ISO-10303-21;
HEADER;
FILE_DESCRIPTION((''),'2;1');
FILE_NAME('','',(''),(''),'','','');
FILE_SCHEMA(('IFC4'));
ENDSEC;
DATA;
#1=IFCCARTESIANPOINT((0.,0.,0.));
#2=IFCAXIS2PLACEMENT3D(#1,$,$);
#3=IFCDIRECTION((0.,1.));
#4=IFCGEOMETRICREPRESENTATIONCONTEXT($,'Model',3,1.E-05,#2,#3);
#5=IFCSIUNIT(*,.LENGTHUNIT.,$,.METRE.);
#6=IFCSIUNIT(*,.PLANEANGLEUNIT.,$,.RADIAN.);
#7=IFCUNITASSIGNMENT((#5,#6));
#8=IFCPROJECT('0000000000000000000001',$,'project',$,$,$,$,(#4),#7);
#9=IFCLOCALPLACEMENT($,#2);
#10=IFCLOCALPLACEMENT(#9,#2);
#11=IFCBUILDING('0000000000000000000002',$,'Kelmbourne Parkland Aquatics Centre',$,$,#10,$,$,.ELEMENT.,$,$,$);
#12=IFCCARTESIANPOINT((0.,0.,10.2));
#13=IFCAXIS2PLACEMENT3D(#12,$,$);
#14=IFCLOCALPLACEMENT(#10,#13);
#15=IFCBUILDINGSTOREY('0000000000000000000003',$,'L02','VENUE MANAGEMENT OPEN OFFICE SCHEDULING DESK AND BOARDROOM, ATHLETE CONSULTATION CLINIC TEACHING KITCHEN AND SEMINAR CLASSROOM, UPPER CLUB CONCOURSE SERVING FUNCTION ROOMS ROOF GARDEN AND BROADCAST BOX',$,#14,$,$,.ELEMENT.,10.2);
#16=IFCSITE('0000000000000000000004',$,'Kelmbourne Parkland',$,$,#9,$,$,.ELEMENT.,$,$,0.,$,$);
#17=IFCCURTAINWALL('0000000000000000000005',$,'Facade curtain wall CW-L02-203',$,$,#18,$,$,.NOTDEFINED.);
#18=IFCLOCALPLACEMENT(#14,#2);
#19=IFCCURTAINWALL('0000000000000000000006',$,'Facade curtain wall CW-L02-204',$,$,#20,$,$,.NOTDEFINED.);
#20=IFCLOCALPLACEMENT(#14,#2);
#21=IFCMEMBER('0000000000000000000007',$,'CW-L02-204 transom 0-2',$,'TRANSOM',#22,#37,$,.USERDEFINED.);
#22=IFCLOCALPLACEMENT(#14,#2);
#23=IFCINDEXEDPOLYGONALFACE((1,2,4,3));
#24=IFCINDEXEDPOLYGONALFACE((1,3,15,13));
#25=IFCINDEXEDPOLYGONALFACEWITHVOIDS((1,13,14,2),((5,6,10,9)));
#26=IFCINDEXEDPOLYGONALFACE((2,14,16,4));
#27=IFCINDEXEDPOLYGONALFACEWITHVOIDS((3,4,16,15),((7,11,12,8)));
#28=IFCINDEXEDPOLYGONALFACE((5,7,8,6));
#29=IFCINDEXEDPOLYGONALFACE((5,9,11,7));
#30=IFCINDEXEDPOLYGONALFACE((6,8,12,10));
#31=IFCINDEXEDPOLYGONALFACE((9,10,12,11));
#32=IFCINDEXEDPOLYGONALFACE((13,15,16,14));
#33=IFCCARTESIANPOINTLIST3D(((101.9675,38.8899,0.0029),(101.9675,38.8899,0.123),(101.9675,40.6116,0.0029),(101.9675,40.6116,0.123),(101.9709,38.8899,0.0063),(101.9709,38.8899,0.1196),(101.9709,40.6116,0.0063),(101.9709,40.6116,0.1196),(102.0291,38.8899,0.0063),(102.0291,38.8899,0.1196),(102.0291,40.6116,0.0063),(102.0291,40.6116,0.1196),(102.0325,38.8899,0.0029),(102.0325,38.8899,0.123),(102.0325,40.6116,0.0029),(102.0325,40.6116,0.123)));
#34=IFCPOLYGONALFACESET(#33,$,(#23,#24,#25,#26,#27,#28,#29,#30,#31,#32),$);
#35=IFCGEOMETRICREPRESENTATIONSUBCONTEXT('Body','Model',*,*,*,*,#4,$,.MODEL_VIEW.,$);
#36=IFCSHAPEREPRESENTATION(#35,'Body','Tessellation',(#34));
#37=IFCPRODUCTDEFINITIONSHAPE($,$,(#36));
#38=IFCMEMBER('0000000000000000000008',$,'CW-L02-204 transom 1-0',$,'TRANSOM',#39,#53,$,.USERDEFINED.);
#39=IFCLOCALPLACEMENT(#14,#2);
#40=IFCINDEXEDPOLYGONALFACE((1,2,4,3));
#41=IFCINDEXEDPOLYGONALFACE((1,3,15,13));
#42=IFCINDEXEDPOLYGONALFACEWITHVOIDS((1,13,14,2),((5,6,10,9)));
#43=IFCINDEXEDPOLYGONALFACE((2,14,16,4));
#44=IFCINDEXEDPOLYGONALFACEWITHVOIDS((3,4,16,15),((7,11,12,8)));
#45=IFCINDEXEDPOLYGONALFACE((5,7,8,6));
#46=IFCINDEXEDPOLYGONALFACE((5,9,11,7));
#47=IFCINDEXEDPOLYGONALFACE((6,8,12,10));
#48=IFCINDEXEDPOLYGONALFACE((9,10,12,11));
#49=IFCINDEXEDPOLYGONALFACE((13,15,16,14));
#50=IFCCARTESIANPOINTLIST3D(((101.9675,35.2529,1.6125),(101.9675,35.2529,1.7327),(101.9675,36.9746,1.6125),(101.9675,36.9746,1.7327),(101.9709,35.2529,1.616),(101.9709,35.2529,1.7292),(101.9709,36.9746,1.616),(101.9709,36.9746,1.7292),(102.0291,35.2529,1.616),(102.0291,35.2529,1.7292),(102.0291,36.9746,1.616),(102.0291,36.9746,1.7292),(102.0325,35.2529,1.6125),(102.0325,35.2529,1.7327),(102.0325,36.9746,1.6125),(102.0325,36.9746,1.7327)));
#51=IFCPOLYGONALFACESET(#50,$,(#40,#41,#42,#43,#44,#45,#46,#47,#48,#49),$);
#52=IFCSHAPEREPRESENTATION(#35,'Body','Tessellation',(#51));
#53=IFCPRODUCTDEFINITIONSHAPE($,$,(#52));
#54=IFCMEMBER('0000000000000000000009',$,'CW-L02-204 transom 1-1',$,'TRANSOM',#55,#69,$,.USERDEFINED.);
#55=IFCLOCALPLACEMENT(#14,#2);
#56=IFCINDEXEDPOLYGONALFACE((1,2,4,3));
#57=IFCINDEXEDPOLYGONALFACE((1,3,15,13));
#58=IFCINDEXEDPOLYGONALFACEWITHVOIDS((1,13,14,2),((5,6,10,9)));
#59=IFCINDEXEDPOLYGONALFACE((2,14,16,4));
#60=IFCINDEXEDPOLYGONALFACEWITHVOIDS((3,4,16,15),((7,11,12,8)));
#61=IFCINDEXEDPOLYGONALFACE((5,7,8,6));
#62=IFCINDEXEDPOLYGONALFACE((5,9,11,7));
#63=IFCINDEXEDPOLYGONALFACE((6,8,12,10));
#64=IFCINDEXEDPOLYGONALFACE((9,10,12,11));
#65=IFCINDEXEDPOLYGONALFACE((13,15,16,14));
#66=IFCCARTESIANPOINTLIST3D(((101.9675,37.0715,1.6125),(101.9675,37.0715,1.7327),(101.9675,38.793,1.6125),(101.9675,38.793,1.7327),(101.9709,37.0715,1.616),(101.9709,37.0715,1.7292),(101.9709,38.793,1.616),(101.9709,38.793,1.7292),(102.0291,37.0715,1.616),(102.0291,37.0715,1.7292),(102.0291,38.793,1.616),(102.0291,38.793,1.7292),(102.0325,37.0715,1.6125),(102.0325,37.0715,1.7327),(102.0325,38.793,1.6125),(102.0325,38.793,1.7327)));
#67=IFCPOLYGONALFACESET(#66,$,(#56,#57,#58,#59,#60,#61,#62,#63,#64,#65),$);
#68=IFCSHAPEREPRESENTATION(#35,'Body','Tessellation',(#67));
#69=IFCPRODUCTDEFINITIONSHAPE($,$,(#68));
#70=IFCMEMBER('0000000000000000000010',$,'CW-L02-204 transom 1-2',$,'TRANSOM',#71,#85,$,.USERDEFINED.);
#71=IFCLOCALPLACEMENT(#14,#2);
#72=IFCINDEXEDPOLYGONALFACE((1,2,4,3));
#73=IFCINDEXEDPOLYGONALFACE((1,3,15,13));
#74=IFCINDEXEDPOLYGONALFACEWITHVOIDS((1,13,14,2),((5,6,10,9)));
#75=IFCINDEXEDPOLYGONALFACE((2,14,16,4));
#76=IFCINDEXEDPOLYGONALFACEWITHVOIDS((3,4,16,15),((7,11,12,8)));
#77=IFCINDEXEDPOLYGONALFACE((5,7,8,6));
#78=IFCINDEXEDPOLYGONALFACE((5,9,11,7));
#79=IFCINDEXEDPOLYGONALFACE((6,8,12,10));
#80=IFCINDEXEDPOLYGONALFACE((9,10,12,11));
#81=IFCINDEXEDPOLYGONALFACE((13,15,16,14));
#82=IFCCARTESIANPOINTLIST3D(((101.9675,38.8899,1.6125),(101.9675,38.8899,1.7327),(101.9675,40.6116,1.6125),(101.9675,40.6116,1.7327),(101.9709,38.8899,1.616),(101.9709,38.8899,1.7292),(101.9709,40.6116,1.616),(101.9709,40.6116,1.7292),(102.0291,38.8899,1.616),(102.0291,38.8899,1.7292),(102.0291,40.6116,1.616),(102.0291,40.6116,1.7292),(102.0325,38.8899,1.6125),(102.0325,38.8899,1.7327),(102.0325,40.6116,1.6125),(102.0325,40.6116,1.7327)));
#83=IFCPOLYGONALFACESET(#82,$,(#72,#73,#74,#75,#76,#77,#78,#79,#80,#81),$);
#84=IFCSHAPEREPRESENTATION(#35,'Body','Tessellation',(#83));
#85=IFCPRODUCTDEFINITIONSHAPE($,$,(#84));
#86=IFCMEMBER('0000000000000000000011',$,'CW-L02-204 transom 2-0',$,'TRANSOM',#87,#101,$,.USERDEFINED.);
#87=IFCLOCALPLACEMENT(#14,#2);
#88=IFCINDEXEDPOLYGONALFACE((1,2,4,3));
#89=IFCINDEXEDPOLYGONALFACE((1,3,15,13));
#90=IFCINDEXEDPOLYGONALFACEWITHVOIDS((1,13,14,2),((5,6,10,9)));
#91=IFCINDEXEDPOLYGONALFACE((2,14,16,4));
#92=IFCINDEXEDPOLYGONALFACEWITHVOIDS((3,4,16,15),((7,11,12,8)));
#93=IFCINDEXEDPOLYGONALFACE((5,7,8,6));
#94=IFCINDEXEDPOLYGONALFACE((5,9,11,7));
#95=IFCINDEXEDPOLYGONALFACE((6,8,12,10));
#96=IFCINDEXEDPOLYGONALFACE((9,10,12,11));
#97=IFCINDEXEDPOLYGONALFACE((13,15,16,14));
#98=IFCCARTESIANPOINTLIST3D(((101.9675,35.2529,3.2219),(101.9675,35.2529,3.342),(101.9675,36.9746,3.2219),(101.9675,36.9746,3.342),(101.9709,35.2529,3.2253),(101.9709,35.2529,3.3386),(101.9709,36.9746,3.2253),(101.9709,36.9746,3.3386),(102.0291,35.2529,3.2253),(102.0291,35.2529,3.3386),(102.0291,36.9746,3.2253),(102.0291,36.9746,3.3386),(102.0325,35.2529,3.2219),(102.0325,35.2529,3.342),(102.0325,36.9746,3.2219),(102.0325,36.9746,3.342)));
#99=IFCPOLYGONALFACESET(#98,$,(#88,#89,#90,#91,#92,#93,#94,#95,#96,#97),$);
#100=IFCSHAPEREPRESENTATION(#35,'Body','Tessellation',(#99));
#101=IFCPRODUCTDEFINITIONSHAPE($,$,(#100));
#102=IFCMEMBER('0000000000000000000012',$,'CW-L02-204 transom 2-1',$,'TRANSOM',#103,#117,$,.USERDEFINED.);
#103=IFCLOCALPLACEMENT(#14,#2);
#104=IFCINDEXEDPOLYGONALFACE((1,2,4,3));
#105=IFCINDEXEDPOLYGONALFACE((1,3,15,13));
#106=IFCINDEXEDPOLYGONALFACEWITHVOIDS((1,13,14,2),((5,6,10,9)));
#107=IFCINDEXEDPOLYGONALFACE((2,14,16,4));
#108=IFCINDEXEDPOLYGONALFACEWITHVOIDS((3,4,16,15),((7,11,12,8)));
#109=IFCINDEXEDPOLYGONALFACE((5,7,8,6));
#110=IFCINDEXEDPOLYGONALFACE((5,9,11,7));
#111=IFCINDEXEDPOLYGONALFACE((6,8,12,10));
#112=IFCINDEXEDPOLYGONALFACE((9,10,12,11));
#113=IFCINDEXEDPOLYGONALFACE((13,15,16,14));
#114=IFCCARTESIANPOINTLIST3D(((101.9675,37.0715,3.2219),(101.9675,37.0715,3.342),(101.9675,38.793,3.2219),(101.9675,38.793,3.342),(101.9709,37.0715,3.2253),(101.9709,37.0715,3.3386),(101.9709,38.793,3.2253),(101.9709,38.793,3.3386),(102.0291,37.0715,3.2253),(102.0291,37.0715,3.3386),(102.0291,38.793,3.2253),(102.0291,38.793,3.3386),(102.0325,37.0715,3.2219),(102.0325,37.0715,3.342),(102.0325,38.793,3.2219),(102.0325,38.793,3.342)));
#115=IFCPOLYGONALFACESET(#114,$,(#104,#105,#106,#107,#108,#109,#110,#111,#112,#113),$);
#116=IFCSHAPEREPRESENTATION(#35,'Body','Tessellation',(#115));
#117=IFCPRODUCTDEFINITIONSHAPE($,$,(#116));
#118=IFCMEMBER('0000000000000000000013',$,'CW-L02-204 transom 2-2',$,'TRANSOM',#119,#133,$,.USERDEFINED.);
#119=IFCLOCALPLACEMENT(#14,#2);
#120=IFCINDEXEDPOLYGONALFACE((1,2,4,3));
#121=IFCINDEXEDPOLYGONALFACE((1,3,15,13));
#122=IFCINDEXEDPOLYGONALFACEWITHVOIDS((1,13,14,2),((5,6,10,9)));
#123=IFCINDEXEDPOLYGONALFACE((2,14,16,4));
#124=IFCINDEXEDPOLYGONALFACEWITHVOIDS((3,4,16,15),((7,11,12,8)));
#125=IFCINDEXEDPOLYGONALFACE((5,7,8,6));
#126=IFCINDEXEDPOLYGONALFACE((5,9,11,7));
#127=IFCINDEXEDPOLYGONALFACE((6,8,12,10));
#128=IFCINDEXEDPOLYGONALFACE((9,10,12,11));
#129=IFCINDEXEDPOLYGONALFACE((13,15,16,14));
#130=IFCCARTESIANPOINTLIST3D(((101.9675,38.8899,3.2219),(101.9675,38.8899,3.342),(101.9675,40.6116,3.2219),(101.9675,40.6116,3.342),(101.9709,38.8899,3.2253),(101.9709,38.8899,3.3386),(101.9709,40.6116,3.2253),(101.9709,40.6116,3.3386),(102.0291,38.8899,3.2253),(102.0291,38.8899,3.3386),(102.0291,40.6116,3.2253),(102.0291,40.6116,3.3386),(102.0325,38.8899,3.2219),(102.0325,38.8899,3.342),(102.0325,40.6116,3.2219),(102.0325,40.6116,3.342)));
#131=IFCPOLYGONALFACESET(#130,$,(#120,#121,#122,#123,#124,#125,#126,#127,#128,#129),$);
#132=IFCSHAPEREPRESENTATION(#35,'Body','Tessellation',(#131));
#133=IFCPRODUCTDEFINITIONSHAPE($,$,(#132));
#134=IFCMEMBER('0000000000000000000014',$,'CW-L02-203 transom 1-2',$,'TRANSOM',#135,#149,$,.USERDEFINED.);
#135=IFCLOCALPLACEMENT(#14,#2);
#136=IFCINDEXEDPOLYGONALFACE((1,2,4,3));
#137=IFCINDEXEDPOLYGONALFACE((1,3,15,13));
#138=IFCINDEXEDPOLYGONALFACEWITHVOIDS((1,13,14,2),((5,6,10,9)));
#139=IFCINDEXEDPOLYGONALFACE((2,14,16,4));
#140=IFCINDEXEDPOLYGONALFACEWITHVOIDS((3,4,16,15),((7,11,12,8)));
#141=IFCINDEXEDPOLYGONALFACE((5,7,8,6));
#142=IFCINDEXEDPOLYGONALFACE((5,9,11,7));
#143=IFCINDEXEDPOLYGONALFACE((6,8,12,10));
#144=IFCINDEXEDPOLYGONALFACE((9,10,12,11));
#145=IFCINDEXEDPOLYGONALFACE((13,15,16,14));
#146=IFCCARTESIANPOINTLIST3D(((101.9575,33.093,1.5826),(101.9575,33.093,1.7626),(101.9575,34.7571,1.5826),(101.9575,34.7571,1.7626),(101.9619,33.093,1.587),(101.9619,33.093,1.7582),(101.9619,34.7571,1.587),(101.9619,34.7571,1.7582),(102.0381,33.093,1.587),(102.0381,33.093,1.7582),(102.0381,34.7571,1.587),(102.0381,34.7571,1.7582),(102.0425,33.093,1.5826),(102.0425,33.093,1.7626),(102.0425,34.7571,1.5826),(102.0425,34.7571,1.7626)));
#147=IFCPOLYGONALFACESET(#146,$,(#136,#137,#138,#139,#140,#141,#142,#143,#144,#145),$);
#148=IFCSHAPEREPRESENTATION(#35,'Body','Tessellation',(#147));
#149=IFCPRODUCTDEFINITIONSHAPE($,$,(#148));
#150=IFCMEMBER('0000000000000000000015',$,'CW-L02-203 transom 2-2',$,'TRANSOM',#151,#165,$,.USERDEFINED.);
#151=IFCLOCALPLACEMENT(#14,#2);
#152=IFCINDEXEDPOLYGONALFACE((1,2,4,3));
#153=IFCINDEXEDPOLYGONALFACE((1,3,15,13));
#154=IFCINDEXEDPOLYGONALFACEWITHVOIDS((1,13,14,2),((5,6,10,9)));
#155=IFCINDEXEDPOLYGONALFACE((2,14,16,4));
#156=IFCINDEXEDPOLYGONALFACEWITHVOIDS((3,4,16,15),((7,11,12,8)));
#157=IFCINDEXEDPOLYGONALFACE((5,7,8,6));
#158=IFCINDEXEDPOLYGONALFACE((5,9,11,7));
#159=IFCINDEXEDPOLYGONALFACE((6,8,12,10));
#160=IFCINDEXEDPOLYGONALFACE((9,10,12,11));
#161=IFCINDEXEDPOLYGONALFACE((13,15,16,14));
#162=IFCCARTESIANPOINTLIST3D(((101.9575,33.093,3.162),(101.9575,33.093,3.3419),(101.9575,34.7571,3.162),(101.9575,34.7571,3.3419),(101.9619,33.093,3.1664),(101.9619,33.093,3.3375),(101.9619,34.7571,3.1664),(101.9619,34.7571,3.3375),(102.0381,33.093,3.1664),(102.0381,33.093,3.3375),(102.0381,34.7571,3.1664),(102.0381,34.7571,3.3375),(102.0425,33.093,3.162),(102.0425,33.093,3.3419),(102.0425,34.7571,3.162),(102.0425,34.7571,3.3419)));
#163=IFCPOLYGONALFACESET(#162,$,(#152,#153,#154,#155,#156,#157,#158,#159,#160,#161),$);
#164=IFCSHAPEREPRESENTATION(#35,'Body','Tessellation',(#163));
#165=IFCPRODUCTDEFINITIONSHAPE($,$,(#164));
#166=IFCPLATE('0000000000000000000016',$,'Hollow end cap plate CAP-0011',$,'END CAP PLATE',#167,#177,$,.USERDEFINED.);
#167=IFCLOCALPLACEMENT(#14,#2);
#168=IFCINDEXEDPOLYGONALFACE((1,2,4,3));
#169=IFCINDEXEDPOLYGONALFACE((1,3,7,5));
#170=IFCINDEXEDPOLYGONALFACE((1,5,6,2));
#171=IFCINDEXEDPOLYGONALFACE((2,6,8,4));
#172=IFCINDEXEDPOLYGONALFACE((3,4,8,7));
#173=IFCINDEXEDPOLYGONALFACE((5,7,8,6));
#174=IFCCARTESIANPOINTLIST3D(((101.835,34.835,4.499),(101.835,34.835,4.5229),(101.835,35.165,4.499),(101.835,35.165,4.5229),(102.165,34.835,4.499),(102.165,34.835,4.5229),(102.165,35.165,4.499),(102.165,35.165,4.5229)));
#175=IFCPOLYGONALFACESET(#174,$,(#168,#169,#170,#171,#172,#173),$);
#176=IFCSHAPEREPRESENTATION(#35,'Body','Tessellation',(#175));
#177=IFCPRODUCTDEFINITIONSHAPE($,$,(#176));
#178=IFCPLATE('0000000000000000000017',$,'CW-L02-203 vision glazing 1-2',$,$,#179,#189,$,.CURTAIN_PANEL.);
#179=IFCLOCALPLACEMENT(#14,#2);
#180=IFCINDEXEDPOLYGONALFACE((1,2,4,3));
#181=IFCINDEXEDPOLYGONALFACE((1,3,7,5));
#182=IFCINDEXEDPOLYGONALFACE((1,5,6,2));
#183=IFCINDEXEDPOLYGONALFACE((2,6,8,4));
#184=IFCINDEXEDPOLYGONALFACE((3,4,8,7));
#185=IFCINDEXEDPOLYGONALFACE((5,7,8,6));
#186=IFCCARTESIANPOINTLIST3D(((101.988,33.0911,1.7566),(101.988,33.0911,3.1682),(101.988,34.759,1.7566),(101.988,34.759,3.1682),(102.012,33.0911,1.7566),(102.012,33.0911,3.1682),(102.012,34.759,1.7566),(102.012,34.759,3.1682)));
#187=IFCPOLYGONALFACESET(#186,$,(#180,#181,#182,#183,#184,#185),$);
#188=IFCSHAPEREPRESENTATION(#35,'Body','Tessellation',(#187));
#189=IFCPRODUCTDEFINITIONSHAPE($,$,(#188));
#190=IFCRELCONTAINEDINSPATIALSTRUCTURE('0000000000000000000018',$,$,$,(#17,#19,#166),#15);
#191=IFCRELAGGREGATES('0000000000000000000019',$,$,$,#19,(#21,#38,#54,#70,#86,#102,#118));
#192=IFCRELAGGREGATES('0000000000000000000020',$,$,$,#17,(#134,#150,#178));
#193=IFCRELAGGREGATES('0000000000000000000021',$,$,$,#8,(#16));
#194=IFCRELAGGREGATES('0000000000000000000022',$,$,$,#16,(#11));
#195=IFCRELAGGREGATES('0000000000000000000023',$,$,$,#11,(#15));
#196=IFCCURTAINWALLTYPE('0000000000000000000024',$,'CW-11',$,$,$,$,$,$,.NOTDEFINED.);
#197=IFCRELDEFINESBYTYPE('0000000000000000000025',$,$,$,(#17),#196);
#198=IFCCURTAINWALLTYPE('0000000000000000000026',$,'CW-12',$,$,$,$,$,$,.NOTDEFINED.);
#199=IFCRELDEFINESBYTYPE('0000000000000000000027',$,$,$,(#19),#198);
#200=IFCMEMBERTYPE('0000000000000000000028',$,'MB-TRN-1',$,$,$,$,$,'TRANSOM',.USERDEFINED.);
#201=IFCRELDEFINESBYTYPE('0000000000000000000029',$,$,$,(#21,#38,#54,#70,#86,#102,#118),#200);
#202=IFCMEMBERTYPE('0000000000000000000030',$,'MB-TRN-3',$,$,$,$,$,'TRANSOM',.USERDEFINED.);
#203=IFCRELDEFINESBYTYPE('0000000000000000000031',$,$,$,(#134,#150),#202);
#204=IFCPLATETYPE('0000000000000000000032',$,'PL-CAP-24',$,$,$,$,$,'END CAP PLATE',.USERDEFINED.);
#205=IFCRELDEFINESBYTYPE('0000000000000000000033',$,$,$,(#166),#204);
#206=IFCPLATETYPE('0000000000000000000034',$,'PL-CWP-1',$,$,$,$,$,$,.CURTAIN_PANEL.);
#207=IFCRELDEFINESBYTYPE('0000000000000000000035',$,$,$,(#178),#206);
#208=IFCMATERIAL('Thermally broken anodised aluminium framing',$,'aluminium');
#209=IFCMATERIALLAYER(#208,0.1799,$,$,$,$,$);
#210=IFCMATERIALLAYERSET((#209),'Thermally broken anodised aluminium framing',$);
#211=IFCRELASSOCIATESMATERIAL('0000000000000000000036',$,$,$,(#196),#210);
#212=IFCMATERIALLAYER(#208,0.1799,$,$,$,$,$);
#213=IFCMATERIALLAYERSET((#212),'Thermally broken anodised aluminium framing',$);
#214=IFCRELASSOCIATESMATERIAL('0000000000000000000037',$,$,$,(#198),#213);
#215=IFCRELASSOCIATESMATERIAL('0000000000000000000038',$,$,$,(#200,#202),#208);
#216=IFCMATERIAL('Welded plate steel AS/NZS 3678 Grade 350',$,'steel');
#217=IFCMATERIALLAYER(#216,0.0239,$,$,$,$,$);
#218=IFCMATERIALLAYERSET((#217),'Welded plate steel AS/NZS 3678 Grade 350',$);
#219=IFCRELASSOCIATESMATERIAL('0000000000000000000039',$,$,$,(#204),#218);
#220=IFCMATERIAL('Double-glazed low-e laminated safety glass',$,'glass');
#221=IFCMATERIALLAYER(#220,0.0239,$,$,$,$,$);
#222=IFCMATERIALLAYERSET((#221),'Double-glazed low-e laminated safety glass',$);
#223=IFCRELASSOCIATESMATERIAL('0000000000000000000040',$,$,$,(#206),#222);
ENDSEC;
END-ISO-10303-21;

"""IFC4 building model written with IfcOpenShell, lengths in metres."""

from ifc_helpers import new_model, si_unit, direction, frame, origin, origin_2d, place, context, subcontext, project, spatial, rectangle, hollow_rectangle, extrude, material, layer, layer_set, material_profile, profile_set, type_object, element, aggregate, save


model = new_model("IFC4")

# Units and contexts
model_context = context("Model", 3, precision=1e-05, world=origin(), true_north=direction((0.0, 1.0)))
body_context = subcontext(model_context, "Body", "Model", "MODEL_VIEW")
ifc_project = project(units=[si_unit("LENGTHUNIT", "METRE"), si_unit("PLANEANGLEUNIT", "RADIAN")], contexts=[model_context])

# Site, building, storey
site_placement = place(None, origin())
site = spatial("IfcSite", under=ifc_project, at=site_placement, Name="Kelmbourne Parkland", CompositionType="ELEMENT", RefElevation=0.0)
building_placement = place(site_placement, origin())
building = spatial("IfcBuilding", under=site, at=building_placement, Name="Kelmbourne Parkland Aquatics Centre", CompositionType="ELEMENT")
storey_placement = place(building_placement, frame((0.0, 0.0, 10.2)))
storey = spatial("IfcBuildingStorey", under=building, at=storey_placement, Name="L02", Description="VENUE MANAGEMENT OPEN OFFICE SCHEDULING DESK AND BOARDROOM, ATHLETE CONSULTATION CLINIC TEACHING KITCHEN AND SEMINAR CLASSROOM, UPPER CLUB CONCOURSE SERVING FUNCTION ROOMS ROOF GARDEN AND BROADCAST BOX", CompositionType="ELEMENT", Elevation=10.2)

# Curtain wall
ifc_material_1 = material(Name="Thermally broken anodised aluminium framing", Category="aluminium")
ifc_layer_1 = layer(ifc_material_1, 0.1799)
ifc_layer_set_1 = layer_set([ifc_layer_1], Name="Thermally broken anodised aluminium framing")
curtain_wall_type_1 = type_object("IfcCurtainWallType", Name="CW-11", PredefinedType="NOTDEFINED", material=ifc_layer_set_1)
curtain_wall_1_placement = place(storey_placement, origin())
curtain_wall_1 = element("IfcCurtainWall", 1, at=curtain_wall_1_placement, inside=storey, type_object=curtain_wall_type_1, Name="Facade curtain wall CW-L02-203", PredefinedType="NOTDEFINED")

# Curtain wall, members
ifc_layer_2 = layer(ifc_material_1, 0.1799)
ifc_layer_set_2 = layer_set([ifc_layer_2], Name="Thermally broken anodised aluminium framing")
curtain_wall_type_2 = type_object("IfcCurtainWallType", Name="CW-12", PredefinedType="NOTDEFINED", material=ifc_layer_set_2)
curtain_wall_2_placement = place(storey_placement, origin())
curtain_wall_2 = element("IfcCurtainWall", 2, at=curtain_wall_2_placement, inside=storey, type_object=curtain_wall_type_2, Name="Facade curtain wall CW-L02-204", PredefinedType="NOTDEFINED")
ifc_material_profile_1 = material_profile(ifc_material_1, hollow_rectangle(XDim=0.0649, YDim=0.1201, WallThickness=0.0034, at=origin_2d()), Name="CW-T 65x120")
ifc_profile_set_1 = profile_set([ifc_material_profile_1], Name="Thermally broken anodised aluminium framing")
member_type_1 = type_object("IfcMemberType", Name="MB-TRN-1", ElementType="TRANSOM", PredefinedType="USERDEFINED", material=ifc_profile_set_1)
member_1_placement = place(storey_placement, frame((102.0, 38.8899, 0.063), z_axis=(0.0, 1.0, 0.0), x_axis=(-1.0, 0.0, 0.0)))
member_1 = element("IfcMember", 3, at=member_1_placement, type_object=member_type_1, Name="CW-L02-204 transom 0-2", ObjectType="TRANSOM", PredefinedType="USERDEFINED", context=body_context, shape_type="SweptSolid", body=[
    extrude(hollow_rectangle(XDim=0.0649, YDim=0.1201, WallThickness=0.0034, at=origin_2d()), origin(), (0.0, 0.0, 1.0), 1.7217),
])
member_2_placement = place(storey_placement, frame((102.0, 35.2529, 1.6726), z_axis=(0.0, 1.0, 0.0), x_axis=(-1.0, 0.0, 0.0)))
member_2 = element("IfcMember", 4, at=member_2_placement, type_object=member_type_1, Name="CW-L02-204 transom 1-0", ObjectType="TRANSOM", PredefinedType="USERDEFINED", context=body_context, shape_type="SweptSolid", body=[
    extrude(hollow_rectangle(XDim=0.0649, YDim=0.1201, WallThickness=0.0034, at=origin_2d()), origin(), (0.0, 0.0, 1.0), 1.7217),
])
member_3_placement = place(storey_placement, frame((102.0, 37.0715, 1.6726), z_axis=(0.0, 1.0, 0.0), x_axis=(-1.0, 0.0, 0.0)))
member_3 = element("IfcMember", 5, at=member_3_placement, type_object=member_type_1, Name="CW-L02-204 transom 1-1", ObjectType="TRANSOM", PredefinedType="USERDEFINED", context=body_context, shape_type="SweptSolid", body=[
    extrude(hollow_rectangle(XDim=0.0649, YDim=0.1201, WallThickness=0.0034, at=origin_2d()), origin(), (0.0, 0.0, 1.0), 1.7214),
])
member_4_placement = place(storey_placement, frame((102.0, 38.8899, 1.6726), z_axis=(0.0, 1.0, 0.0), x_axis=(-1.0, 0.0, 0.0)))
member_4 = element("IfcMember", 6, at=member_4_placement, type_object=member_type_1, Name="CW-L02-204 transom 1-2", ObjectType="TRANSOM", PredefinedType="USERDEFINED", context=body_context, shape_type="SweptSolid", body=[
    extrude(hollow_rectangle(XDim=0.0649, YDim=0.1201, WallThickness=0.0034, at=origin_2d()), origin(), (0.0, 0.0, 1.0), 1.7217),
])
member_5_placement = place(storey_placement, frame((102.0, 35.2529, 3.282), z_axis=(0.0, 1.0, 0.0), x_axis=(-1.0, 0.0, 0.0)))
member_5 = element("IfcMember", 7, at=member_5_placement, type_object=member_type_1, Name="CW-L02-204 transom 2-0", ObjectType="TRANSOM", PredefinedType="USERDEFINED", context=body_context, shape_type="SweptSolid", body=[
    extrude(hollow_rectangle(XDim=0.0649, YDim=0.1201, WallThickness=0.0034, at=origin_2d()), origin(), (0.0, 0.0, 1.0), 1.7217),
])
member_6_placement = place(storey_placement, frame((102.0, 37.0715, 3.282), z_axis=(0.0, 1.0, 0.0), x_axis=(-1.0, 0.0, 0.0)))
member_6 = element("IfcMember", 8, at=member_6_placement, type_object=member_type_1, Name="CW-L02-204 transom 2-1", ObjectType="TRANSOM", PredefinedType="USERDEFINED", context=body_context, shape_type="SweptSolid", body=[
    extrude(hollow_rectangle(XDim=0.0649, YDim=0.1201, WallThickness=0.0034, at=origin_2d()), origin(), (0.0, 0.0, 1.0), 1.7214),
])
member_7_placement = place(storey_placement, frame((102.0, 38.8899, 3.282), z_axis=(0.0, 1.0, 0.0), x_axis=(-1.0, 0.0, 0.0)))
member_7 = element("IfcMember", 9, at=member_7_placement, type_object=member_type_1, Name="CW-L02-204 transom 2-2", ObjectType="TRANSOM", PredefinedType="USERDEFINED", context=body_context, shape_type="SweptSolid", body=[
    extrude(hollow_rectangle(XDim=0.0649, YDim=0.1201, WallThickness=0.0034, at=origin_2d()), origin(), (0.0, 0.0, 1.0), 1.7217),
])

# Members
ifc_material_profile_2 = material_profile(ifc_material_1, hollow_rectangle(XDim=0.085, YDim=0.1799, WallThickness=0.0044, at=origin_2d()), Name="CW-T 85x180")
ifc_profile_set_2 = profile_set([ifc_material_profile_2], Name="Thermally broken anodised aluminium framing")
member_type_2 = type_object("IfcMemberType", Name="MB-TRN-3", ElementType="TRANSOM", PredefinedType="USERDEFINED", material=ifc_profile_set_2)
member_8_placement = place(storey_placement, frame((102.0, 33.093, 1.6726), z_axis=(0.0, 1.0, 0.0), x_axis=(-1.0, 0.0, 0.0)))
member_8 = element("IfcMember", 10, at=member_8_placement, type_object=member_type_2, Name="CW-L02-203 transom 1-2", ObjectType="TRANSOM", PredefinedType="USERDEFINED", context=body_context, shape_type="SweptSolid", body=[
    extrude(hollow_rectangle(XDim=0.085, YDim=0.1799, WallThickness=0.0044, at=origin_2d()), origin(), (0.0, 0.0, 1.0), 1.6641),
])
member_9_placement = place(storey_placement, frame((102.0, 33.093, 3.252), z_axis=(0.0, 1.0, 0.0), x_axis=(-1.0, 0.0, 0.0)))
member_9 = element("IfcMember", 11, at=member_9_placement, type_object=member_type_2, Name="CW-L02-203 transom 2-2", ObjectType="TRANSOM", PredefinedType="USERDEFINED", context=body_context, shape_type="SweptSolid", body=[
    extrude(hollow_rectangle(XDim=0.085, YDim=0.1799, WallThickness=0.0044, at=origin_2d()), origin(), (0.0, 0.0, 1.0), 1.6641),
])

# Plates
ifc_material_2 = material(Name="Welded plate steel AS/NZS 3678 Grade 350", Category="steel")
ifc_layer_3 = layer(ifc_material_2, 0.0239)
ifc_layer_set_3 = layer_set([ifc_layer_3], Name="Welded plate steel AS/NZS 3678 Grade 350")
plate_type_1 = type_object("IfcPlateType", Name="PL-CAP-24", ElementType="END CAP PLATE", PredefinedType="USERDEFINED", material=ifc_layer_set_3)
plate_1_placement = place(storey_placement, frame((102.0, 35.0, 4.499), z_axis=(0.0, 0.0, 1.0), x_axis=(1.0, 0.0, 0.0)))
element("IfcPlate", 12, at=plate_1_placement, inside=storey, type_object=plate_type_1, Name="Hollow end cap plate CAP-0011", ObjectType="END CAP PLATE", PredefinedType="USERDEFINED", context=body_context, shape_type="SweptSolid", body=[
    extrude(rectangle(XDim=0.3301, YDim=0.3301, at=origin_2d()), origin(), (0.0, 0.0, 1.0), 0.0239),
])
ifc_material_3 = material(Name="Double-glazed low-e laminated safety glass", Category="glass")
ifc_layer_4 = layer(ifc_material_3, 0.0239)
ifc_layer_set_4 = layer_set([ifc_layer_4], Name="Double-glazed low-e laminated safety glass")
plate_type_2 = type_object("IfcPlateType", Name="PL-CWP-1", PredefinedType="CURTAIN_PANEL", material=ifc_layer_set_4)
plate_2_placement = place(storey_placement, frame((102.0, 33.925, 1.7566), z_axis=(0.0, 0.0, 1.0), x_axis=(0.0, 1.0, 0.0)))
plate_2 = element("IfcPlate", 13, at=plate_2_placement, type_object=plate_type_2, Name="CW-L02-203 vision glazing 1-2", PredefinedType="CURTAIN_PANEL", context=body_context, shape_type="SweptSolid", body=[
    extrude(rectangle(XDim=1.668, YDim=0.0239, at=origin_2d()), origin(), (0.0, 0.0, 1.0), 1.4116),
])
aggregate(curtain_wall_2, [member_1, member_2, member_3, member_4, member_5, member_6, member_7])
aggregate(curtain_wall_1, [member_8, member_9, plate_2])

save(model, "model.ifc")
